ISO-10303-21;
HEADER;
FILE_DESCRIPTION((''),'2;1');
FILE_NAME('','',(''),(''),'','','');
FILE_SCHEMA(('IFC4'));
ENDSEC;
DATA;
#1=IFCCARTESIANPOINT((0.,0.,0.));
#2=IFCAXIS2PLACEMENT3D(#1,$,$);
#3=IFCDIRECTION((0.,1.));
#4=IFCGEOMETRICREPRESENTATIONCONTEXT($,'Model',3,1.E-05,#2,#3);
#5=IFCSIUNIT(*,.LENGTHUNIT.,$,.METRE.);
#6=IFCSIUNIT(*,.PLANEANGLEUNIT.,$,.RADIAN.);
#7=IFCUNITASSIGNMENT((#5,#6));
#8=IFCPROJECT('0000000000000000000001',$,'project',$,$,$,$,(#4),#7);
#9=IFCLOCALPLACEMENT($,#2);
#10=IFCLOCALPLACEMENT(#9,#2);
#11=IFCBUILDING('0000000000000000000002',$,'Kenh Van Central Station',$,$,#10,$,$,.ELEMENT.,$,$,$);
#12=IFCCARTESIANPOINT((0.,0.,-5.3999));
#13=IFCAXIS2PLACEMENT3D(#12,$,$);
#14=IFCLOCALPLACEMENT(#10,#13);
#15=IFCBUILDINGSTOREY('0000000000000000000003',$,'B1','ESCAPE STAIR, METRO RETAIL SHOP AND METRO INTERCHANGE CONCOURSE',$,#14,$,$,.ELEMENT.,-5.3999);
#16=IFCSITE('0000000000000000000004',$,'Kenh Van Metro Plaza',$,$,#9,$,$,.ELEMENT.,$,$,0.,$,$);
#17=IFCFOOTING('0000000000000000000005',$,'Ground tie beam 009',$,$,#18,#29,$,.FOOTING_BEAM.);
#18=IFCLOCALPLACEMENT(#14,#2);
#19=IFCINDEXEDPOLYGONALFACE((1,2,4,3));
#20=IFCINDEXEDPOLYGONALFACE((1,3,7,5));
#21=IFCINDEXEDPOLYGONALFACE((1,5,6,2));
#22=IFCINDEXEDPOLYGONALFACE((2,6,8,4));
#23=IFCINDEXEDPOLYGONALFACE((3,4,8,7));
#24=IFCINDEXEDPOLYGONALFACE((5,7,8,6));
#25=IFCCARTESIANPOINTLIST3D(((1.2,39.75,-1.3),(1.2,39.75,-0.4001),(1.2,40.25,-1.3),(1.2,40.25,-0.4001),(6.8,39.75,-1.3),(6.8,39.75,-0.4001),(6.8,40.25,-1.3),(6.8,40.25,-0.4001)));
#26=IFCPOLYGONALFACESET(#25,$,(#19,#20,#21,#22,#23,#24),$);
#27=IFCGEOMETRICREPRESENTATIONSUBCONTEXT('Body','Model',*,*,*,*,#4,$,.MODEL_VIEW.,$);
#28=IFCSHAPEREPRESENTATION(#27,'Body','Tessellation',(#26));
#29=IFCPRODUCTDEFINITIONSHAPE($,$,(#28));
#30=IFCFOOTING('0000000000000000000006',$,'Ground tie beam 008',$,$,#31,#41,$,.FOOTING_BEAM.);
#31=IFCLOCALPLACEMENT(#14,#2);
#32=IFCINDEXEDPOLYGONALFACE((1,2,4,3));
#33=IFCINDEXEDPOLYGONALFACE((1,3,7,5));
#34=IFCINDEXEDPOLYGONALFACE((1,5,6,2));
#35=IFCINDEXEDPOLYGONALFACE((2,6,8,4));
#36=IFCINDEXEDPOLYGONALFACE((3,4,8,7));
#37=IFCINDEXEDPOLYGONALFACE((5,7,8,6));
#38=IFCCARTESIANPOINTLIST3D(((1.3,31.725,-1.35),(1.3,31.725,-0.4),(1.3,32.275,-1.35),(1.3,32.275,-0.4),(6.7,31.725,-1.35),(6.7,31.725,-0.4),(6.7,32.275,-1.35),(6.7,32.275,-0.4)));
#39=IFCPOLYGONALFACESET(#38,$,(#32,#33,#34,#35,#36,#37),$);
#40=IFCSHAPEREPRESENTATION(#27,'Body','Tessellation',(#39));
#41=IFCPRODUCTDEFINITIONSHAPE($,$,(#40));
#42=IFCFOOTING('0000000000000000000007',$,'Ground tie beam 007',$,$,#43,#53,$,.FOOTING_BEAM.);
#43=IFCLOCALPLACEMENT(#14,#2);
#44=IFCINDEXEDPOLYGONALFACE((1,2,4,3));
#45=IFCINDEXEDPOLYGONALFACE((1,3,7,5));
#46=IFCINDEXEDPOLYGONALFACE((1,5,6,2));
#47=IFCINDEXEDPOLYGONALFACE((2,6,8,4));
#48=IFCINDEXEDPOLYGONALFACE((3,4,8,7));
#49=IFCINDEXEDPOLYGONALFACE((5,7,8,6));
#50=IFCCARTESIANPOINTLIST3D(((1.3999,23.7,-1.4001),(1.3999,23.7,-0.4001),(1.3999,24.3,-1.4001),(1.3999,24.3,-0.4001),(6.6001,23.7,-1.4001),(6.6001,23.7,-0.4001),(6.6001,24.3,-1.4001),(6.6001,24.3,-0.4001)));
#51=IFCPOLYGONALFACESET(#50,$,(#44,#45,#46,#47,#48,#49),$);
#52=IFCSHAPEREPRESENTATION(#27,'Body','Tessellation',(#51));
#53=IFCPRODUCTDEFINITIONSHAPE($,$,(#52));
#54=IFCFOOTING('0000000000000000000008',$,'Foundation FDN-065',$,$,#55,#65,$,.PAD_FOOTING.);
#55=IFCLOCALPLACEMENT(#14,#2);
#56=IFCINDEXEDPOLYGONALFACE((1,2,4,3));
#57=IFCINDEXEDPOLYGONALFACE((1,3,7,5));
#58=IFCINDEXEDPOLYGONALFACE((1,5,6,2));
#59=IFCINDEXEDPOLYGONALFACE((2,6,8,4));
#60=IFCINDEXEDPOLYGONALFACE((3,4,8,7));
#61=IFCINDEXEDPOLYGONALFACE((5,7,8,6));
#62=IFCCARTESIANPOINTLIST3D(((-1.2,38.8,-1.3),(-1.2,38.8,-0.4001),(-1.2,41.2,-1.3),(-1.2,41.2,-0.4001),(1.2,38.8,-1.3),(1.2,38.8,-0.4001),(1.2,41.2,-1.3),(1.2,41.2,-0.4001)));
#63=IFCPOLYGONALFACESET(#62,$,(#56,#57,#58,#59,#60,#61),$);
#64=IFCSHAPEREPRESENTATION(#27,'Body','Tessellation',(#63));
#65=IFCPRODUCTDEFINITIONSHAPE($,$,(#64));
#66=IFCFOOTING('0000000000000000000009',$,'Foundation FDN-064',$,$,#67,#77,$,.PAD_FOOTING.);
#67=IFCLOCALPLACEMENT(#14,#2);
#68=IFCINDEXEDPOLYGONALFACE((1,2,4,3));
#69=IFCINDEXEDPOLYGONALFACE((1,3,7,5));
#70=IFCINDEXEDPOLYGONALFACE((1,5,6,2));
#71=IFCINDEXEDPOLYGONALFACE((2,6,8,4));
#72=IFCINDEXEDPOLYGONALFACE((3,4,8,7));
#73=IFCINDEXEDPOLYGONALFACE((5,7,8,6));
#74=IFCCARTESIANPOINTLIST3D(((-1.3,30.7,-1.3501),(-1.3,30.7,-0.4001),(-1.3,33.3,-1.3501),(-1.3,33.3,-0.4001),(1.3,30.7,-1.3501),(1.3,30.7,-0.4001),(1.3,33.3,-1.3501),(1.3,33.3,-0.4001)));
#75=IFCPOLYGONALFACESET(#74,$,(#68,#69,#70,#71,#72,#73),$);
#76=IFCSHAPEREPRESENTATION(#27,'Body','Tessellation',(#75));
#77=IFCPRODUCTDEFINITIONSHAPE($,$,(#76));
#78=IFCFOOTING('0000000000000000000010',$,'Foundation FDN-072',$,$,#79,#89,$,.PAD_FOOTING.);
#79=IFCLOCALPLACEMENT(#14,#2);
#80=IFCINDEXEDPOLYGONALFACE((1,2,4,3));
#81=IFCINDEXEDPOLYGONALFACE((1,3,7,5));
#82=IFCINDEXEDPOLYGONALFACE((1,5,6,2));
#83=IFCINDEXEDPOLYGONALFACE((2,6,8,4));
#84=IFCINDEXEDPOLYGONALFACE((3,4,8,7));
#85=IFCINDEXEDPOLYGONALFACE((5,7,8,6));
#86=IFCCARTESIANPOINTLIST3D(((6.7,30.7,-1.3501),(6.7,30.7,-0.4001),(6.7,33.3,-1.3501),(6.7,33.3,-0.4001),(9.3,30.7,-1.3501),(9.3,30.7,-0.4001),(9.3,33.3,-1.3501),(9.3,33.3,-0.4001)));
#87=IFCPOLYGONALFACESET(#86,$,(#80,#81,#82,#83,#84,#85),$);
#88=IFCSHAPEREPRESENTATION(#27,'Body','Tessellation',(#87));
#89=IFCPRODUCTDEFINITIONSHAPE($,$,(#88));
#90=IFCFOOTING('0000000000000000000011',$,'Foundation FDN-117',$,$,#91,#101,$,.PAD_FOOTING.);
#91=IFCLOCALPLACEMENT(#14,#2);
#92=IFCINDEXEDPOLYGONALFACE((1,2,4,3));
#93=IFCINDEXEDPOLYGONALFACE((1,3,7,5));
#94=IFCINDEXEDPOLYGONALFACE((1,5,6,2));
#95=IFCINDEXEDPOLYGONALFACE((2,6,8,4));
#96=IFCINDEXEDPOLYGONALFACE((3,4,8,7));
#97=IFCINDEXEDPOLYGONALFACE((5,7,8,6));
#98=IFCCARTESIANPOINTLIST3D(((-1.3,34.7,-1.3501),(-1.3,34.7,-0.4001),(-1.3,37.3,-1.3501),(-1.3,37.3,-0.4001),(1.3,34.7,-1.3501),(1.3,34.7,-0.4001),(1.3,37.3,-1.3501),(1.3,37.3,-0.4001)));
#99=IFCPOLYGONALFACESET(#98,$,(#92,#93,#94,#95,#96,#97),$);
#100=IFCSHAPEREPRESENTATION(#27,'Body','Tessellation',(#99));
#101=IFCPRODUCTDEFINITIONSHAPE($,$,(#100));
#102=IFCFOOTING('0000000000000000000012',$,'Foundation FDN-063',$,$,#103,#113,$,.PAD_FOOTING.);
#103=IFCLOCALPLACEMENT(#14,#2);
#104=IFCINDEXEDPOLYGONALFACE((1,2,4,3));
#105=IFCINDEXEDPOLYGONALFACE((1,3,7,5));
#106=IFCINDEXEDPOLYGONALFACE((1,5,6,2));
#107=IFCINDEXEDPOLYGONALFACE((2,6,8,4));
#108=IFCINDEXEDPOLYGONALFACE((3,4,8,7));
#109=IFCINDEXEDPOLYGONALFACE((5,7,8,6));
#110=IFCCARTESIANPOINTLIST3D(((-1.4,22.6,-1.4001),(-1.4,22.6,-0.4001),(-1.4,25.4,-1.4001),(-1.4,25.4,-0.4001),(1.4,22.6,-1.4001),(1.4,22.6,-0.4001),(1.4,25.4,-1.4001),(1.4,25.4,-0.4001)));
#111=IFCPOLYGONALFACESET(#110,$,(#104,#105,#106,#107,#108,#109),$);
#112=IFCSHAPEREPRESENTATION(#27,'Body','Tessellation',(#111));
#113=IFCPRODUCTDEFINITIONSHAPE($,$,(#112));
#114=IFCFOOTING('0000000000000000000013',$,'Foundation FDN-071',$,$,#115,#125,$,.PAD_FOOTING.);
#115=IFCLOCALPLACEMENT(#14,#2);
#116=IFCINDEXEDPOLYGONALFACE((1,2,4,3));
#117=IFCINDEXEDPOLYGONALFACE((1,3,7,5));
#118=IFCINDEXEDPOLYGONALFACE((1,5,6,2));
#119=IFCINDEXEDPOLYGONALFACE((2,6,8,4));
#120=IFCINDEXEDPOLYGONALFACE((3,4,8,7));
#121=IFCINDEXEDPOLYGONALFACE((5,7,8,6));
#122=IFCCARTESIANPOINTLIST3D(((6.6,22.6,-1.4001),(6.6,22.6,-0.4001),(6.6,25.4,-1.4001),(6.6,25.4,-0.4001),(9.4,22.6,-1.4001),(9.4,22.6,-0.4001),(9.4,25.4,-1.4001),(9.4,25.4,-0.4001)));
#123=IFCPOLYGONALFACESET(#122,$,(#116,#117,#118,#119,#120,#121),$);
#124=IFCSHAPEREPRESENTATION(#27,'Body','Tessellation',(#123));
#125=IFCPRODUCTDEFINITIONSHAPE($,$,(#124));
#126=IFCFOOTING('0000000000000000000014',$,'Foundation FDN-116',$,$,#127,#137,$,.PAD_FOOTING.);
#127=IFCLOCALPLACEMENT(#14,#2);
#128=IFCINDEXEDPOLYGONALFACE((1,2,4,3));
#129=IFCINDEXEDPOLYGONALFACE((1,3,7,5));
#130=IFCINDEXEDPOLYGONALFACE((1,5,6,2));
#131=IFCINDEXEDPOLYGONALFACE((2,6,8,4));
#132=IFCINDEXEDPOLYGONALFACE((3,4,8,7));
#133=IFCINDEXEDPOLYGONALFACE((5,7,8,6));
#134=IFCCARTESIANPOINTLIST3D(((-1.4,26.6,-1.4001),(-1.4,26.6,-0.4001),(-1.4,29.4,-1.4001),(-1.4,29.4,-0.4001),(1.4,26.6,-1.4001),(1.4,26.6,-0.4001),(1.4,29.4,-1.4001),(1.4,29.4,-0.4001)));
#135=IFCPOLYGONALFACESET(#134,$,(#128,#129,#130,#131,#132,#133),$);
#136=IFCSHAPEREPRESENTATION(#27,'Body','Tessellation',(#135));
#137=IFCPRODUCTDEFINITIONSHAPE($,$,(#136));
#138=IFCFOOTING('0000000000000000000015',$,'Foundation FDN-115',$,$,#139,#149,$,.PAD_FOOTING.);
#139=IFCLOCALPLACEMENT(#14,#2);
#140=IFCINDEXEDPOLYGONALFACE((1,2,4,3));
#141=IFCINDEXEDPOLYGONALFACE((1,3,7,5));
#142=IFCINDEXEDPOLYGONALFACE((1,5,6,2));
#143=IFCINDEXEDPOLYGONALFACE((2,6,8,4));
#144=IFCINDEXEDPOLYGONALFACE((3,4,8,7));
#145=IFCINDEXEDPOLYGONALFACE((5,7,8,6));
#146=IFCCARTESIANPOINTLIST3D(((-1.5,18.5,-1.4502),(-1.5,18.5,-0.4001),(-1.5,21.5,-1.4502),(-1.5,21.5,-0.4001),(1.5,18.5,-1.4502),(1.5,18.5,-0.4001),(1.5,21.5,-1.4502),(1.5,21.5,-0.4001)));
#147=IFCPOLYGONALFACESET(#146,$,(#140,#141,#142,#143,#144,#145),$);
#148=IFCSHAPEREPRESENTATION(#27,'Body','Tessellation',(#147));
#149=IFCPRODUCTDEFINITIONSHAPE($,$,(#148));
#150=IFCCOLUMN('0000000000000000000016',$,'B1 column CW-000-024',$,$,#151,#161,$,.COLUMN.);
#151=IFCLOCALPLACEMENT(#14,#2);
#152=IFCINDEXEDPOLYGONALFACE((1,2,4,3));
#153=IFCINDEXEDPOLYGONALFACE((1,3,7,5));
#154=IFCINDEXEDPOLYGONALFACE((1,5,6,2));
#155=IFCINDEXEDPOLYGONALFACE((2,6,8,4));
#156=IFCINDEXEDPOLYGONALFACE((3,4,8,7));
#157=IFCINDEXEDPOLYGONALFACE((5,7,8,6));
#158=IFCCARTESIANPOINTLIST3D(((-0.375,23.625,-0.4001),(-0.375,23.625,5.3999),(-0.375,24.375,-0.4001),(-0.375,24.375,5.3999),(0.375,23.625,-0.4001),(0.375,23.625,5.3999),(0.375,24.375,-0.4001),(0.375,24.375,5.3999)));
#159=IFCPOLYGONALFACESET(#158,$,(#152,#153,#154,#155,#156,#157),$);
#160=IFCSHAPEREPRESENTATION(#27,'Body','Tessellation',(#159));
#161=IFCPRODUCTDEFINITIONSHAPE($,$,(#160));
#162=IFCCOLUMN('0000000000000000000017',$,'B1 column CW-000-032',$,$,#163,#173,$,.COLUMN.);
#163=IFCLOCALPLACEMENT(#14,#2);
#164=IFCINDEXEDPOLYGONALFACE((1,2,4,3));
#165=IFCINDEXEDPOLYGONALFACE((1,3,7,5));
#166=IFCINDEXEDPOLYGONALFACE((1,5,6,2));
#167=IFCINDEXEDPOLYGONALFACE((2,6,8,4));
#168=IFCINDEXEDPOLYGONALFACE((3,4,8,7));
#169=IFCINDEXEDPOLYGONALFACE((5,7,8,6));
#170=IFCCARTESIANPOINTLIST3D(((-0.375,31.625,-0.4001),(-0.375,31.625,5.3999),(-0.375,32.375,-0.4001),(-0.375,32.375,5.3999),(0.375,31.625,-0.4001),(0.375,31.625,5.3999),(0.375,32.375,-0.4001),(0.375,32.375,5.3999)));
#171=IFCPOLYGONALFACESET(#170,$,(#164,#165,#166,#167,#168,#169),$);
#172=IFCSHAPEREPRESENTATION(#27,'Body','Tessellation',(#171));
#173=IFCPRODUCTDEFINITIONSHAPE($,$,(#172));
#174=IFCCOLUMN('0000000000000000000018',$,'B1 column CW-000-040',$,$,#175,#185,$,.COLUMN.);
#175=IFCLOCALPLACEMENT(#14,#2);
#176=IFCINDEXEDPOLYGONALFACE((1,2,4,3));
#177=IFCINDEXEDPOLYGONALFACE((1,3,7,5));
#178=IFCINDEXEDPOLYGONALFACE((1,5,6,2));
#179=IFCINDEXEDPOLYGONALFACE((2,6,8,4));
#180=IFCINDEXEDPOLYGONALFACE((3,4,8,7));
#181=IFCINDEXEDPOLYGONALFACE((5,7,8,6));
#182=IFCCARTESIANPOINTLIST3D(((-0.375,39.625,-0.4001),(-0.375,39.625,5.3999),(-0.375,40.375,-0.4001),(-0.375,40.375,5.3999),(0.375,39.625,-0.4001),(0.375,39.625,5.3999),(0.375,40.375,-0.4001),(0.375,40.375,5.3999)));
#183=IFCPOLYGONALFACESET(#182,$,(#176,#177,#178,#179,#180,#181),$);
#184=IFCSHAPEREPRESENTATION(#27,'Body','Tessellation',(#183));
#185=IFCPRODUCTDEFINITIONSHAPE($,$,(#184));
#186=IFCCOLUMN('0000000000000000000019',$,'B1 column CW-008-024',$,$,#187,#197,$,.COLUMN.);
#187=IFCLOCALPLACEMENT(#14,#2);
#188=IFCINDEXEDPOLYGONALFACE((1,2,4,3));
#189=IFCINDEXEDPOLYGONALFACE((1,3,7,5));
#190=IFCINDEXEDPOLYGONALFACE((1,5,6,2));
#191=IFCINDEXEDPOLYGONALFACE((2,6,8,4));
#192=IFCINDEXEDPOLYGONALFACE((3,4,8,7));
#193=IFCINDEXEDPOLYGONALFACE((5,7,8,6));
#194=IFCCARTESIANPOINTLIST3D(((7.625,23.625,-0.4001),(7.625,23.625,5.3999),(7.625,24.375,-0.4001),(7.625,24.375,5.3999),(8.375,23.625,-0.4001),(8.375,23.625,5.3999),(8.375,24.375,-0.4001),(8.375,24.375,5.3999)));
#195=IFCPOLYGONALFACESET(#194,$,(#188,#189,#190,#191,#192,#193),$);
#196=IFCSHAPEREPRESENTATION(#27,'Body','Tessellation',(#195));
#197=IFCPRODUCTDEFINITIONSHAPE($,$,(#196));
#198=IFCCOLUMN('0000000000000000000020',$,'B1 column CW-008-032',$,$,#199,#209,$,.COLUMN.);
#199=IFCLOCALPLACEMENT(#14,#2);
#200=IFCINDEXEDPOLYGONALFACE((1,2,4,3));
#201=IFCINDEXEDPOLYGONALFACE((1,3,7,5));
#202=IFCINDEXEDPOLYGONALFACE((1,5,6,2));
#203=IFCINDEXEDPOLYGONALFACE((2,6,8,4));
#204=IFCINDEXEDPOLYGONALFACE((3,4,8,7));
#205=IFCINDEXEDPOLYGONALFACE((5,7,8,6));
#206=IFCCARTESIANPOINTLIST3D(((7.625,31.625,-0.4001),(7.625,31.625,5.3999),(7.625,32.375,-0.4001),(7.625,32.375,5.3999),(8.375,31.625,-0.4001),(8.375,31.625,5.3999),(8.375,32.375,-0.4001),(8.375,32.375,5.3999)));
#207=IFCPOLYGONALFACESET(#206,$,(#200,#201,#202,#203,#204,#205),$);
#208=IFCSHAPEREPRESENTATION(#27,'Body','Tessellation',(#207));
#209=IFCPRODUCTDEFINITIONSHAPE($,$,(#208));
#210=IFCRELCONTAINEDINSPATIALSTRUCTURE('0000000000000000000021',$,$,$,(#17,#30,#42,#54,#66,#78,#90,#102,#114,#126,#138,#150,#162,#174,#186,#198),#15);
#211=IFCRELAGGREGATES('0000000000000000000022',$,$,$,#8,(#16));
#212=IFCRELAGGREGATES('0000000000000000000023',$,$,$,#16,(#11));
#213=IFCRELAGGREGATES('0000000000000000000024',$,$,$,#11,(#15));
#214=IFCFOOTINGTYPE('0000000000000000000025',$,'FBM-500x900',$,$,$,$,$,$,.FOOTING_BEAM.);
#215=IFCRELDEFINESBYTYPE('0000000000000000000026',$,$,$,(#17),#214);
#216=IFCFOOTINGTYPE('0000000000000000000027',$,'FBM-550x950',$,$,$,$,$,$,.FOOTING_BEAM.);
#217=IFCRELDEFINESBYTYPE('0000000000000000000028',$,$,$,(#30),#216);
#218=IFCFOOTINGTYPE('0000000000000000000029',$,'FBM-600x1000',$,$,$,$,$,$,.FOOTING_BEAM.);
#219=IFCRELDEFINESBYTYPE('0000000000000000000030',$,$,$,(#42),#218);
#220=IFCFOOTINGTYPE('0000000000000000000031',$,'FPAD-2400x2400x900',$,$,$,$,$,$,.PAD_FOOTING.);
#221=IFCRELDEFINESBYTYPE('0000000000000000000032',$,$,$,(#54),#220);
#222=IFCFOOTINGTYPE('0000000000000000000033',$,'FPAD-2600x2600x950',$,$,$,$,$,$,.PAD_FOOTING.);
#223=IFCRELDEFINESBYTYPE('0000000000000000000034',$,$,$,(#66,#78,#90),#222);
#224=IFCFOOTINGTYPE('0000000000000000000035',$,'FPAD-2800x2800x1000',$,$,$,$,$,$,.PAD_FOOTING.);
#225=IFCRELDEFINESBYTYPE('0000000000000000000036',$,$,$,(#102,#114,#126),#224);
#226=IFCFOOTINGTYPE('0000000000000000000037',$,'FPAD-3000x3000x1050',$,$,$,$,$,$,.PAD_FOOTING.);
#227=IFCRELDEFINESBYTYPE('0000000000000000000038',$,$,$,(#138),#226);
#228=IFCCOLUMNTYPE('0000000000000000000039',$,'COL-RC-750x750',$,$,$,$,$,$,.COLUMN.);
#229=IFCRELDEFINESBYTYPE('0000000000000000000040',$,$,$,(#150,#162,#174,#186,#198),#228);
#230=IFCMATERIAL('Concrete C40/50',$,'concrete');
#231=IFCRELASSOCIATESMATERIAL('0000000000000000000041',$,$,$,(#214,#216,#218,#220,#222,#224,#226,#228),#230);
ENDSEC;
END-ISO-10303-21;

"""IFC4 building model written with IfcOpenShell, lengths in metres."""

from ifc_helpers import new_model, si_unit, direction, frame, origin, origin_2d, place, context, subcontext, project, spatial, rectangle, extrude, material, material_profile, profile_set, type_object, element, save


model = new_model("IFC4")

# Units and contexts
model_context = context("Model", 3, precision=1e-05, world=origin(), true_north=direction((0.0, 1.0)))
body_context = subcontext(model_context, "Body", "Model", "MODEL_VIEW")
ifc_project = project(units=[si_unit("LENGTHUNIT", "METRE"), si_unit("PLANEANGLEUNIT", "RADIAN")], contexts=[model_context])

# Site, building, storey
site_placement = place(None, origin())
site = spatial("IfcSite", under=ifc_project, at=site_placement, Name="Kenh Van Metro Plaza", CompositionType="ELEMENT", RefElevation=0.0)
building_placement = place(site_placement, origin())
building = spatial("IfcBuilding", under=site, at=building_placement, Name="Kenh Van Central Station", CompositionType="ELEMENT")
storey_placement = place(building_placement, frame((0.0, 0.0, -5.3999)))
storey = spatial("IfcBuildingStorey", under=building, at=storey_placement, Name="B1", Description="ESCAPE STAIR, METRO RETAIL SHOP AND METRO INTERCHANGE CONCOURSE", CompositionType="ELEMENT", Elevation=-5.3999)

# Footings
ifc_material_1 = material(Name="Concrete C40/50", Category="concrete")
ifc_material_profile_1 = material_profile(ifc_material_1, rectangle(XDim=0.5, YDim=0.8999, at=origin_2d()), Name="RC 500x900")
ifc_profile_set_1 = profile_set([ifc_material_profile_1], Name="Concrete C40/50")
footing_type_1 = type_object("IfcFootingType", Name="FBM-500x900", PredefinedType="FOOTING_BEAM", material=ifc_profile_set_1)
footing_1_placement = place(storey_placement, frame((1.2, 40.0, -0.8501), z_axis=(1.0, 0.0, 0.0), x_axis=(0.0, 1.0, 0.0)))
element("IfcFooting", 1, at=footing_1_placement, inside=storey, type_object=footing_type_1, Name="Ground tie beam 009", PredefinedType="FOOTING_BEAM", context=body_context, shape_type="SweptSolid", body=[
    extrude(rectangle(XDim=0.5, YDim=0.8999, at=origin_2d()), origin(), (0.0, 0.0, 1.0), 5.6001),
])
ifc_material_profile_2 = material_profile(ifc_material_1, rectangle(XDim=0.55, YDim=0.95, at=origin_2d()), Name="RC 550x950")
ifc_profile_set_2 = profile_set([ifc_material_profile_2], Name="Concrete C40/50")
footing_type_2 = type_object("IfcFootingType", Name="FBM-550x950", PredefinedType="FOOTING_BEAM", material=ifc_profile_set_2)
footing_2_placement = place(storey_placement, frame((1.3, 32.0, -0.875), z_axis=(1.0, 0.0, 0.0), x_axis=(0.0, 1.0, 0.0)))
element("IfcFooting", 2, at=footing_2_placement, inside=storey, type_object=footing_type_2, Name="Ground tie beam 008", PredefinedType="FOOTING_BEAM", context=body_context, shape_type="SweptSolid", body=[
    extrude(rectangle(XDim=0.55, YDim=0.95, at=origin_2d()), origin(), (0.0, 0.0, 1.0), 5.3999),
])
ifc_material_profile_3 = material_profile(ifc_material_1, rectangle(XDim=0.6001, YDim=1.0, at=origin_2d()), Name="RC 600x1000")
ifc_profile_set_3 = profile_set([ifc_material_profile_3], Name="Concrete C40/50")
footing_type_3 = type_object("IfcFootingType", Name="FBM-600x1000", PredefinedType="FOOTING_BEAM", material=ifc_profile_set_3)
footing_3_placement = place(storey_placement, frame((1.3999, 24.0, -0.9001), z_axis=(1.0, 0.0, 0.0), x_axis=(0.0, 1.0, 0.0)))
element("IfcFooting", 3, at=footing_3_placement, inside=storey, type_object=footing_type_3, Name="Ground tie beam 007", PredefinedType="FOOTING_BEAM", context=body_context, shape_type="SweptSolid", body=[
    extrude(rectangle(XDim=0.6001, YDim=1.0, at=origin_2d()), origin(), (0.0, 0.0, 1.0), 5.2002),
])
footing_type_4 = type_object("IfcFootingType", Name="FPAD-2400x2400x900", PredefinedType="PAD_FOOTING", material=ifc_material_1)
footing_4_placement = place(storey_placement, frame((0.0, 40.0, -1.3), z_axis=(0.0, 0.0, 1.0), x_axis=(1.0, 0.0, 0.0)))
element("IfcFooting", 4, at=footing_4_placement, inside=storey, type_object=footing_type_4, Name="Foundation FDN-065", PredefinedType="PAD_FOOTING", context=body_context, shape_type="SweptSolid", body=[
    extrude(rectangle(XDim=2.3999, YDim=2.3999, at=origin_2d()), origin(), (0.0, 0.0, 1.0), 0.8999),
])
footing_type_5 = type_object("IfcFootingType", Name="FPAD-2600x2600x950", PredefinedType="PAD_FOOTING", material=ifc_material_1)
for number, where, z_axis, x_axis, name in (
    (5, (0.0, 32.0, -1.3501), (0.0, 0.0, 1.0), (1.0, 0.0, 0.0), "Foundation FDN-064"),
    (6, (8.0, 32.0, -1.3501), (0.0, 0.0, 1.0), (1.0, 0.0, 0.0), "Foundation FDN-072"),
    (7, (0.0, 36.0, -1.3501), (0.0, 0.0, 1.0), (1.0, 0.0, 0.0), "Foundation FDN-117"),
):
    element("IfcFooting", number, at=place(storey_placement, frame(where, z_axis=z_axis, x_axis=x_axis)), inside=storey, type_object=footing_type_5, Name=name, PredefinedType="PAD_FOOTING", context=body_context, shape_type="SweptSolid", body=[
        extrude(rectangle(XDim=2.6001, YDim=2.6001, at=origin_2d()), origin(), (0.0, 0.0, 1.0), 0.95),
    ])
footing_type_6 = type_object("IfcFootingType", Name="FPAD-2800x2800x1000", PredefinedType="PAD_FOOTING", material=ifc_material_1)
for number, where, z_axis, x_axis, name in (
    (8, (0.0, 24.0, -1.4001), (0.0, 0.0, 1.0), (1.0, 0.0, 0.0), "Foundation FDN-063"),
    (9, (8.0, 24.0, -1.4001), (0.0, 0.0, 1.0), (1.0, 0.0, 0.0), "Foundation FDN-071"),
    (10, (0.0, 28.0, -1.4001), (0.0, 0.0, 1.0), (1.0, 0.0, 0.0), "Foundation FDN-116"),
):
    element("IfcFooting", number, at=place(storey_placement, frame(where, z_axis=z_axis, x_axis=x_axis)), inside=storey, type_object=footing_type_6, Name=name, PredefinedType="PAD_FOOTING", context=body_context, shape_type="SweptSolid", body=[
        extrude(rectangle(XDim=2.8, YDim=2.8, at=origin_2d()), origin(), (0.0, 0.0, 1.0), 1.0),
    ])
footing_type_7 = type_object("IfcFootingType", Name="FPAD-3000x3000x1050", PredefinedType="PAD_FOOTING", material=ifc_material_1)
footing_5_placement = place(storey_placement, frame((0.0, 20.0, -1.4502), z_axis=(0.0, 0.0, 1.0), x_axis=(1.0, 0.0, 0.0)))
element("IfcFooting", 11, at=footing_5_placement, inside=storey, type_object=footing_type_7, Name="Foundation FDN-115", PredefinedType="PAD_FOOTING", context=body_context, shape_type="SweptSolid", body=[
    extrude(rectangle(XDim=3.0, YDim=3.0, at=origin_2d()), origin(), (0.0, 0.0, 1.0), 1.05),
])

# Columns
ifc_material_profile_4 = material_profile(ifc_material_1, rectangle(XDim=0.75, YDim=0.75, at=origin_2d()), Name="RC 750x750")
ifc_profile_set_4 = profile_set([ifc_material_profile_4], Name="Concrete C40/50")
column_type_1 = type_object("IfcColumnType", Name="COL-RC-750x750", PredefinedType="COLUMN", material=ifc_profile_set_4)
for number, where, z_axis, x_axis, name in (
    (12, (0.0, 24.0, -0.4001), (0.0, 0.0, 1.0), (1.0, 0.0, 0.0), "B1 column CW-000-024"),
    (13, (0.0, 32.0, -0.4001), (0.0, 0.0, 1.0), (1.0, 0.0, 0.0), "B1 column CW-000-032"),
    (14, (0.0, 40.0, -0.4001), (0.0, 0.0, 1.0), (1.0, 0.0, 0.0), "B1 column CW-000-040"),
    (15, (8.0, 24.0, -0.4001), (0.0, 0.0, 1.0), (1.0, 0.0, 0.0), "B1 column CW-008-024"),
    (16, (8.0, 32.0, -0.4001), (0.0, 0.0, 1.0), (1.0, 0.0, 0.0), "B1 column CW-008-032"),
):
    element("IfcColumn", number, at=place(storey_placement, frame(where, z_axis=z_axis, x_axis=x_axis)), inside=storey, type_object=column_type_1, Name=name, PredefinedType="COLUMN", context=body_context, shape_type="SweptSolid", body=[
        extrude(rectangle(XDim=0.75, YDim=0.75, at=origin_2d()), origin(), (0.0, 0.0, 1.0), 5.8),
    ])

save(model, "model.ifc")
